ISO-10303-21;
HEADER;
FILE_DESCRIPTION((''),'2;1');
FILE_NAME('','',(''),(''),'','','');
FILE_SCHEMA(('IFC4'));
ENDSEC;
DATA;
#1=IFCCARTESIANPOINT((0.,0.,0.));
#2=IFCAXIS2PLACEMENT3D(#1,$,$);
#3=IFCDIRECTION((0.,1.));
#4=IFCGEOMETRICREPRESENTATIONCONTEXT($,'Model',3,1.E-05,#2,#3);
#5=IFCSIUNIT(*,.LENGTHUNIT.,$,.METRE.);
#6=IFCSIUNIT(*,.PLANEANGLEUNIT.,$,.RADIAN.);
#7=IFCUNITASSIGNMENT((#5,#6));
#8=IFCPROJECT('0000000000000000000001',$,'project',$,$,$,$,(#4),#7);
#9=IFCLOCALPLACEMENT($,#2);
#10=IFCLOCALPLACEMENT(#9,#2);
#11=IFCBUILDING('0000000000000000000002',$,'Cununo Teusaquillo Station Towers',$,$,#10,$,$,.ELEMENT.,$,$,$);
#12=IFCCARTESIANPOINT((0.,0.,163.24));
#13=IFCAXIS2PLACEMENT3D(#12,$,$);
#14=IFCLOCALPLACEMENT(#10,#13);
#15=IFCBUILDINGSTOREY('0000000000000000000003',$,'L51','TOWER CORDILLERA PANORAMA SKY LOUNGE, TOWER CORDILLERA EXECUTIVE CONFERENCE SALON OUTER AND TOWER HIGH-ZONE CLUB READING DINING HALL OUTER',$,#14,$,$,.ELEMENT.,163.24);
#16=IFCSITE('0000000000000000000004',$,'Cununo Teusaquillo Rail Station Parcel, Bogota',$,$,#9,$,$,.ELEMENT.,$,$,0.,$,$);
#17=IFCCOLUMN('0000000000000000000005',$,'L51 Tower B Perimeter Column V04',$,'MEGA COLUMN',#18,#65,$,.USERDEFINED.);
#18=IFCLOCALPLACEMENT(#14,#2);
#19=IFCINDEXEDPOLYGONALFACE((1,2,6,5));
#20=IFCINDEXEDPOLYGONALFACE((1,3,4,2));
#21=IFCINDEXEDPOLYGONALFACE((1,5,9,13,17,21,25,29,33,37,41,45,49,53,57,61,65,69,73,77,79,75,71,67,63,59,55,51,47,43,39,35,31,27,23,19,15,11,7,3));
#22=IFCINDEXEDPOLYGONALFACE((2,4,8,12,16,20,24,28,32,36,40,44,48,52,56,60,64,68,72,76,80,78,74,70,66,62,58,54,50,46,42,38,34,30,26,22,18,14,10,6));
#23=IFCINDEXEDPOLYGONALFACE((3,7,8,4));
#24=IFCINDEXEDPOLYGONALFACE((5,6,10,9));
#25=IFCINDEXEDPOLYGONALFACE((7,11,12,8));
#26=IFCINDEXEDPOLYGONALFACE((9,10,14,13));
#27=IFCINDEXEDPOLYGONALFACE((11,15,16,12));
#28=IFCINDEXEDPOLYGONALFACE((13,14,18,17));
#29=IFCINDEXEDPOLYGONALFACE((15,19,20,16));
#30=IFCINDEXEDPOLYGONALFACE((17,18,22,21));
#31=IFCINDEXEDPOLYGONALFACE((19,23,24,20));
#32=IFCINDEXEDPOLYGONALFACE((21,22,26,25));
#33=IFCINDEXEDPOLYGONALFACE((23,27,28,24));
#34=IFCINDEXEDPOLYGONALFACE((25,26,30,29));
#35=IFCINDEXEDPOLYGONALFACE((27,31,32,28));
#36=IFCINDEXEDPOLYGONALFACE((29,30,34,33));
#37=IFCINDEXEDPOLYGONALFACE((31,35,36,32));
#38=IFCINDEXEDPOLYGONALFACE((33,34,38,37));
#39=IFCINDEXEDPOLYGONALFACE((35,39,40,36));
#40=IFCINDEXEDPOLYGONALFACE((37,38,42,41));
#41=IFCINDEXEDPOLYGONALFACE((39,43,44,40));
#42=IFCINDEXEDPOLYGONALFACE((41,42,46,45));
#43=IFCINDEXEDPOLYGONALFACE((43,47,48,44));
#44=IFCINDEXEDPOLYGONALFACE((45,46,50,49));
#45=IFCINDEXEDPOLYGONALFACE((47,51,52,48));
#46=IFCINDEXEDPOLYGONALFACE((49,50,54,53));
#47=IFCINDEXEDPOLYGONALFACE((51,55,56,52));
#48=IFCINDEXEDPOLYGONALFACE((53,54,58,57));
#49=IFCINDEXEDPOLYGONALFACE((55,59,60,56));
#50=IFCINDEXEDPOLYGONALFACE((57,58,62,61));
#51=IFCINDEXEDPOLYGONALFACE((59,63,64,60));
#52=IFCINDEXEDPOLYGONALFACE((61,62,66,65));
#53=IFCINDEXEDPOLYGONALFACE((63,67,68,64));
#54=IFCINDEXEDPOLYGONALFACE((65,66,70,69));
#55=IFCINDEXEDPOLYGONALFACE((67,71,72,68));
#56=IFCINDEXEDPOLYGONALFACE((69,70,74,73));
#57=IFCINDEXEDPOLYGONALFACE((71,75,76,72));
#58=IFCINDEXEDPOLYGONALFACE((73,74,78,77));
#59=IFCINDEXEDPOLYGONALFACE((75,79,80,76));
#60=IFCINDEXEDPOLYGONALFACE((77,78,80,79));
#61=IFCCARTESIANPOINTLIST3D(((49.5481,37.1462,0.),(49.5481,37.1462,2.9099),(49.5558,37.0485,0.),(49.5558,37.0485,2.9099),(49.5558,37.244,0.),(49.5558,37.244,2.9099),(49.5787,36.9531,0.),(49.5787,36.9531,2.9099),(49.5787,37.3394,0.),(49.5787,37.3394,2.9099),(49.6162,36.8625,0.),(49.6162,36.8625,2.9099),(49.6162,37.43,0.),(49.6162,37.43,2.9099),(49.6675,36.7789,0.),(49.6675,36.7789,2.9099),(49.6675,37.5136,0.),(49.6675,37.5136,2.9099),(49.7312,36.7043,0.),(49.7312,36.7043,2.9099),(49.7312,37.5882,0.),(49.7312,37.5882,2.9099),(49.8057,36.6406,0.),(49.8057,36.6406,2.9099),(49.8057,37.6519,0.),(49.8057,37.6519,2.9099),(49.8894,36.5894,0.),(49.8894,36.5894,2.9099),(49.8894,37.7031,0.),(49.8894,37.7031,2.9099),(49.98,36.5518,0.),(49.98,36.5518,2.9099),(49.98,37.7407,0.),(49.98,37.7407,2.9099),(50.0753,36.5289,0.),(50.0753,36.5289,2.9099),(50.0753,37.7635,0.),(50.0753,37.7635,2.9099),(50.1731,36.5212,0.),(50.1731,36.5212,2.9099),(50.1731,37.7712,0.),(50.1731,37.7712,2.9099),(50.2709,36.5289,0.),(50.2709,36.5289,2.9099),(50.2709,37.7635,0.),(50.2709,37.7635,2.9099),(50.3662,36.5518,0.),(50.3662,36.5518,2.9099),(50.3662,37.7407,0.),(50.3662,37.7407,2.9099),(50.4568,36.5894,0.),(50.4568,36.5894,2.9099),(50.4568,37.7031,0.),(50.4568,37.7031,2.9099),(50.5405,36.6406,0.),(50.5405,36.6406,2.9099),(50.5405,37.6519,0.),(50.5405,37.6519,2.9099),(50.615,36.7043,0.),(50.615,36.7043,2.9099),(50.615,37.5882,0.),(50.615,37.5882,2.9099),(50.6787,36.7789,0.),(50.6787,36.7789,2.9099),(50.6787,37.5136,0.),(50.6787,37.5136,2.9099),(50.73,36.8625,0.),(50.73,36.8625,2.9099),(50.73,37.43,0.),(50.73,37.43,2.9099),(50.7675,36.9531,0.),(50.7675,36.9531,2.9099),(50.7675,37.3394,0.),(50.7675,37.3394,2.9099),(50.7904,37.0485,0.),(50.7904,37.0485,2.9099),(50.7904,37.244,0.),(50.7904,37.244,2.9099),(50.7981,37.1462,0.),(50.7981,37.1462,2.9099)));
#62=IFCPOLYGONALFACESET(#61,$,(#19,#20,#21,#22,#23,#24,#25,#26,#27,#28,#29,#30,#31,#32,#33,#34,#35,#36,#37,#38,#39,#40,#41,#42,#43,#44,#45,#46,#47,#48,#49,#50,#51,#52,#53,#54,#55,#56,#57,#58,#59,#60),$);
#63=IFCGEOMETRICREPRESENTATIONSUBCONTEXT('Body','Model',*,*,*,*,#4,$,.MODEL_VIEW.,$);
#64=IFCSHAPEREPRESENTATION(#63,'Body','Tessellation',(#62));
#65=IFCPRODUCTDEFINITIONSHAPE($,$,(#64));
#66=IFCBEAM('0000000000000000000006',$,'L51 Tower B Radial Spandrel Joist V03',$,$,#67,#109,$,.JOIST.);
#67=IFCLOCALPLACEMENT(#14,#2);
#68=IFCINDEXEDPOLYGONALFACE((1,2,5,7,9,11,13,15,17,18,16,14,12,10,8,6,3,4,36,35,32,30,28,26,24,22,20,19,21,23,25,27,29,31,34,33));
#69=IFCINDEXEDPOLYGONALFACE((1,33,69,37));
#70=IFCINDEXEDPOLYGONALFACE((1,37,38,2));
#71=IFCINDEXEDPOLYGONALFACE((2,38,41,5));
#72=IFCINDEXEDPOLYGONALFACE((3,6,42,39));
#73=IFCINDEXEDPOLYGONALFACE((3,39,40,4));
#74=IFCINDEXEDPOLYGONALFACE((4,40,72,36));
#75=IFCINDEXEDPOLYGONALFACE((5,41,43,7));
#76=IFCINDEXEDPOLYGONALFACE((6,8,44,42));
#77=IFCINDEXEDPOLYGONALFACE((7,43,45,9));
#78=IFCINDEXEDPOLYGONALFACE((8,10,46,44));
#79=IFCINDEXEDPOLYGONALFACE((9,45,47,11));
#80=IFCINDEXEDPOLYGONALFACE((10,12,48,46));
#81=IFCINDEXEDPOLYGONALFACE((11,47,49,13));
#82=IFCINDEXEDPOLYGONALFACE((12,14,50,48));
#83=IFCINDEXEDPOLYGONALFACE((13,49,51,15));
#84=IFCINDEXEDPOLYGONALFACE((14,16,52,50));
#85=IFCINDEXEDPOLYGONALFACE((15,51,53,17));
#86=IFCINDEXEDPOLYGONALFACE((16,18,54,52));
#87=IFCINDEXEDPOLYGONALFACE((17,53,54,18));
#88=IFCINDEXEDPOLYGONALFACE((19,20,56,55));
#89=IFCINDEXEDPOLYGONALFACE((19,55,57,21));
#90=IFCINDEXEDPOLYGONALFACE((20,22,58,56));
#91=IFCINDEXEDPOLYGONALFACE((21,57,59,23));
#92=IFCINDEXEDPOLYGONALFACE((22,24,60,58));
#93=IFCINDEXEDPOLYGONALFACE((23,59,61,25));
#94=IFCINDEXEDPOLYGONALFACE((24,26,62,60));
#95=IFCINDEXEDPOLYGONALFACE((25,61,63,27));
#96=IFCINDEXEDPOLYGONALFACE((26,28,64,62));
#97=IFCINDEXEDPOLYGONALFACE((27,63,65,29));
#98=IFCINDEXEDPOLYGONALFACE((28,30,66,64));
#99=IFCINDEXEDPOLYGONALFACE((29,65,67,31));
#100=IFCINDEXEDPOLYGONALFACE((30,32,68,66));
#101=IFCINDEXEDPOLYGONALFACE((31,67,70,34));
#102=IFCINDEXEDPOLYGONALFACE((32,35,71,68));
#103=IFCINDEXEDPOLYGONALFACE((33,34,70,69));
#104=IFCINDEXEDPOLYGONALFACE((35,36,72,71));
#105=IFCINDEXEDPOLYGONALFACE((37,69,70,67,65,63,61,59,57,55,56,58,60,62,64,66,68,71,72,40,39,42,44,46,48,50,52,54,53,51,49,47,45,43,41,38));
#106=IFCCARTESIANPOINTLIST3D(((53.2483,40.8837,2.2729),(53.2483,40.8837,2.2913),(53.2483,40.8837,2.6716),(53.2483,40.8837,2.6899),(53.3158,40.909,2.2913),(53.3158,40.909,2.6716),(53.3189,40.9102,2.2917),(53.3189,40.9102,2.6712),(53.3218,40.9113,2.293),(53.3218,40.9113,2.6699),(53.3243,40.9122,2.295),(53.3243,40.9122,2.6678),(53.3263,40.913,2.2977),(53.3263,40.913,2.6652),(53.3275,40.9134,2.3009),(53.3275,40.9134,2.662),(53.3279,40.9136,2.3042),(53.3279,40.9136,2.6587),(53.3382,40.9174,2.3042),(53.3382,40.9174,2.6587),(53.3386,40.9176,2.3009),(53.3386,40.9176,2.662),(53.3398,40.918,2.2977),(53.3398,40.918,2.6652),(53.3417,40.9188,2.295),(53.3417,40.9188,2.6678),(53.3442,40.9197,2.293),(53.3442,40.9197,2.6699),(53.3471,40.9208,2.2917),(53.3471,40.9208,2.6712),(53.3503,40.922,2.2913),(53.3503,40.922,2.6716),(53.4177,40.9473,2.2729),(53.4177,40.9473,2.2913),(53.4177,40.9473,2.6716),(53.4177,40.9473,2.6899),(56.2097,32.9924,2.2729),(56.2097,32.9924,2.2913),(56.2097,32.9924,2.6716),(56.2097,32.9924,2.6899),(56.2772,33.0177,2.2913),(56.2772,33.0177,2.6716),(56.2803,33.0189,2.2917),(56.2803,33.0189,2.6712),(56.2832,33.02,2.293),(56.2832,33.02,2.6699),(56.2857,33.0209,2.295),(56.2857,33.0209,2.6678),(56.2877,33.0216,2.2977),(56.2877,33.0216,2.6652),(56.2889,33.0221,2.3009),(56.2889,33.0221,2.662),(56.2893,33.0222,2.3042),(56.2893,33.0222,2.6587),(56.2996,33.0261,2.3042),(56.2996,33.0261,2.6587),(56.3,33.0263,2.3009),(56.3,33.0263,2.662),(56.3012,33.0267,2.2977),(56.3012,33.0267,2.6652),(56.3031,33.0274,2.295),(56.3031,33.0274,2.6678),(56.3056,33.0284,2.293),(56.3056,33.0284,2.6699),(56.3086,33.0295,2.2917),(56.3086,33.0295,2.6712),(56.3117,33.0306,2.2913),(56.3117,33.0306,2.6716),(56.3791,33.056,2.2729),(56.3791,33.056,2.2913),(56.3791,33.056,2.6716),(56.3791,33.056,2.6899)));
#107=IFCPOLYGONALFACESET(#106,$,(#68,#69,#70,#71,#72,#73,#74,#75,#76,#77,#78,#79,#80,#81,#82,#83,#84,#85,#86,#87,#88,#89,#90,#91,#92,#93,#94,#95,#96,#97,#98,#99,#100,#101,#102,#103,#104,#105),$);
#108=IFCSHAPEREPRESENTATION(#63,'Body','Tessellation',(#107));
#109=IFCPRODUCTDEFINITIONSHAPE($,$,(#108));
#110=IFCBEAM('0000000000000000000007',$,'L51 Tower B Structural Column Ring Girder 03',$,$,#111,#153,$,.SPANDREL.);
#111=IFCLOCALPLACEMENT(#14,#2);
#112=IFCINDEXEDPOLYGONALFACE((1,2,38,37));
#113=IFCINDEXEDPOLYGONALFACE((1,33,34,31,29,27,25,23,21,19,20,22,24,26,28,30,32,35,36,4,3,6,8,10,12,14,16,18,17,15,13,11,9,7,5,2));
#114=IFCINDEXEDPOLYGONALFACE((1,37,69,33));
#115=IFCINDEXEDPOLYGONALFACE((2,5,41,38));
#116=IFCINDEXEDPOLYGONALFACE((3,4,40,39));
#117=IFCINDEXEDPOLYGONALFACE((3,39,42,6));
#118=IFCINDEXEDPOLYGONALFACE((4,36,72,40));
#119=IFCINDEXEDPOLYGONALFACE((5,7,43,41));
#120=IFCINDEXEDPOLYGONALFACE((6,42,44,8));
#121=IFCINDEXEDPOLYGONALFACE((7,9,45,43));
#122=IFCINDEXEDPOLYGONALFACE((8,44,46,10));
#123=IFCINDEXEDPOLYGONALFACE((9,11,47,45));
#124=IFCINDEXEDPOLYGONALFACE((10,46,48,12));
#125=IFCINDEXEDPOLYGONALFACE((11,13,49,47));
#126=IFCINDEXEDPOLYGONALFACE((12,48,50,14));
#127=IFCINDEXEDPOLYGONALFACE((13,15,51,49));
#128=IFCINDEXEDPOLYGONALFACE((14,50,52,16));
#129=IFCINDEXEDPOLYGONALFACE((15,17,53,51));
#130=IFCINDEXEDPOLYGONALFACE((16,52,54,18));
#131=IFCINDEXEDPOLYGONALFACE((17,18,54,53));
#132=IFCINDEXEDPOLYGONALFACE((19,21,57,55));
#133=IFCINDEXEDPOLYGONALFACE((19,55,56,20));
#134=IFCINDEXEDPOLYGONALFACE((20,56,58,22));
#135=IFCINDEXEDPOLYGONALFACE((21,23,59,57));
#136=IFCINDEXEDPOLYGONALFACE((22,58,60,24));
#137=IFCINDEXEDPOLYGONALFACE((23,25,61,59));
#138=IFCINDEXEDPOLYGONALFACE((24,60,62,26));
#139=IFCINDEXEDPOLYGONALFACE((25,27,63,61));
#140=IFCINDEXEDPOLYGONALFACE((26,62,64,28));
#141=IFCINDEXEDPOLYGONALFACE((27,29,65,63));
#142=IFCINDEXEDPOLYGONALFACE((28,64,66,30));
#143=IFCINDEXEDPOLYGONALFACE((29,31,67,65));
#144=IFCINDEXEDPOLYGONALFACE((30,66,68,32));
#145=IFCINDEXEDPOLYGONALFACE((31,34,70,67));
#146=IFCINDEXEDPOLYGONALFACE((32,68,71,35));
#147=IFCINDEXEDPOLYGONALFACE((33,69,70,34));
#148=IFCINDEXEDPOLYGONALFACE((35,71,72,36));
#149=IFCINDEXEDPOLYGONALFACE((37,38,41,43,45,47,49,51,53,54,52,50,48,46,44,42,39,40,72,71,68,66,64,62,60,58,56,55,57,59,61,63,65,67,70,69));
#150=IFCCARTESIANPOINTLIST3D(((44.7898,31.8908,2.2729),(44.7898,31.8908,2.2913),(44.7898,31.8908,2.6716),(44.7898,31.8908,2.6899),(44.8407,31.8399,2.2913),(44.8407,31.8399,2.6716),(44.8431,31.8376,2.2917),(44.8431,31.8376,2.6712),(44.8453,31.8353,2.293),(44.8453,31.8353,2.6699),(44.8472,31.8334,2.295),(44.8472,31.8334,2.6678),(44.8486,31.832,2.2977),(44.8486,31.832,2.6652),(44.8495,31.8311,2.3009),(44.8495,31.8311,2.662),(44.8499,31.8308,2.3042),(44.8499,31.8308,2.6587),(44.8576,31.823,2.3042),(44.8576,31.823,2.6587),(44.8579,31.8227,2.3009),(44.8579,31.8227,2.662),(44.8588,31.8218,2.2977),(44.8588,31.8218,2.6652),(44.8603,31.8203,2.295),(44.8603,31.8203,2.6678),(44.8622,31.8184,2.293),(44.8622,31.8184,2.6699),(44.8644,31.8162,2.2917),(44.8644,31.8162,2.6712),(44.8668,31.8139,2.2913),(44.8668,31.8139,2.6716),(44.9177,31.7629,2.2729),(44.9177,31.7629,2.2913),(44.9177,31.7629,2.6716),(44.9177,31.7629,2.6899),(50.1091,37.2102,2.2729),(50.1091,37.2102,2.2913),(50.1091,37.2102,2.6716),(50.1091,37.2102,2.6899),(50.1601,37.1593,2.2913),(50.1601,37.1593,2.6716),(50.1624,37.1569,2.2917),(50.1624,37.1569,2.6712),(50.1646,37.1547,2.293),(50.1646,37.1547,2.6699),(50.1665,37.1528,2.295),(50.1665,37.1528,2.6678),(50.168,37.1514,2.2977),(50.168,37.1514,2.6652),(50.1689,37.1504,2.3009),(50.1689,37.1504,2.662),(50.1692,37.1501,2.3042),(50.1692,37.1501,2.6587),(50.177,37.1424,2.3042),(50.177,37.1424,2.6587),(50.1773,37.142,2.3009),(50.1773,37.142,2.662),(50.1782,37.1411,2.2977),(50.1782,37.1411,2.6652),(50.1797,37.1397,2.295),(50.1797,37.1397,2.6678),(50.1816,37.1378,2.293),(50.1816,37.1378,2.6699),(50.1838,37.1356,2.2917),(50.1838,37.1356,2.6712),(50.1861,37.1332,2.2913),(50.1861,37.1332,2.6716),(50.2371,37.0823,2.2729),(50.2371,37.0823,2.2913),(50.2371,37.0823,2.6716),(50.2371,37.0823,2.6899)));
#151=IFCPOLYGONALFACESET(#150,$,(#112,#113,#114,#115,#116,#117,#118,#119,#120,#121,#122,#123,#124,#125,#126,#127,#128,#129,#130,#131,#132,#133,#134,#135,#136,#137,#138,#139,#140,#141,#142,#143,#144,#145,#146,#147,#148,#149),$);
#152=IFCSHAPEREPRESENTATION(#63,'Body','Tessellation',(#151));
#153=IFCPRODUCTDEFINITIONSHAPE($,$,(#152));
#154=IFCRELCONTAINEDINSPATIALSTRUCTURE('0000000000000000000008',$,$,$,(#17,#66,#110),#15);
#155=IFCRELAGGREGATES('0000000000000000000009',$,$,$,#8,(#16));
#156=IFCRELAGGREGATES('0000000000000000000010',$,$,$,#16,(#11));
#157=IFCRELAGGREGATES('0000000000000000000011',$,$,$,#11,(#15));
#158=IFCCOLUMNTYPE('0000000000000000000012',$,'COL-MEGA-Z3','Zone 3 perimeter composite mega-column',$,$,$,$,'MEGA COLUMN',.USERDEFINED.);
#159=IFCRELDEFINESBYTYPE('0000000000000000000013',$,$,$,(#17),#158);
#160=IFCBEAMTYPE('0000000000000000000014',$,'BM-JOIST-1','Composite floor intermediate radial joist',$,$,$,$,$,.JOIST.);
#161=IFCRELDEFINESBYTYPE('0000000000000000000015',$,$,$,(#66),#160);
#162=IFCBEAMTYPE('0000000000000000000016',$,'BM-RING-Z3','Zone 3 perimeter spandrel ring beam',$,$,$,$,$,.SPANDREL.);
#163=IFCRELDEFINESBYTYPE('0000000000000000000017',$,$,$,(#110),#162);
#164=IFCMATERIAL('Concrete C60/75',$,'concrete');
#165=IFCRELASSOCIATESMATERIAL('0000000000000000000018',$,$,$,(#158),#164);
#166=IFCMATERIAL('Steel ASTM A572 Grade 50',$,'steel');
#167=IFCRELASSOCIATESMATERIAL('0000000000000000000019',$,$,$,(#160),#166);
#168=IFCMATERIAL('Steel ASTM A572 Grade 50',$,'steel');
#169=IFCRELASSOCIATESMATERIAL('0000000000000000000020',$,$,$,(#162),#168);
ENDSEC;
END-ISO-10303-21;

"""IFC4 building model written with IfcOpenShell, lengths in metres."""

from ifc_helpers import new_model, si_unit, direction, frame, origin, origin_2d, place, context, subcontext, project, spatial, circle, i_section, extrude, material, material_profile, profile_set, type_object, element, save


model = new_model("IFC4")

# Units and contexts
model_context = context("Model", 3, precision=1e-05, world=origin(), true_north=direction((0.0, 1.0)))
body_context = subcontext(model_context, "Body", "Model", "MODEL_VIEW")
ifc_project = project(units=[si_unit("LENGTHUNIT", "METRE"), si_unit("PLANEANGLEUNIT", "RADIAN")], contexts=[model_context])

# Site, building, storey
site_placement = place(None, origin())
site = spatial("IfcSite", under=ifc_project, at=site_placement, Name="Cununo Teusaquillo Rail Station Parcel, Bogota", CompositionType="ELEMENT", RefElevation=0.0)
building_placement = place(site_placement, origin())
building = spatial("IfcBuilding", under=site, at=building_placement, Name="Cununo Teusaquillo Station Towers", CompositionType="ELEMENT")
storey_placement = place(building_placement, frame((0.0, 0.0, 163.24)))
storey = spatial("IfcBuildingStorey", under=building, at=storey_placement, Name="L51", Description="TOWER CORDILLERA PANORAMA SKY LOUNGE, TOWER CORDILLERA EXECUTIVE CONFERENCE SALON OUTER AND TOWER HIGH-ZONE CLUB READING DINING HALL OUTER", CompositionType="ELEMENT", Elevation=163.24)

# Column
ifc_material_1 = material(Name="Concrete C60/75", Category="concrete")
ifc_material_profile_1 = material_profile(ifc_material_1, circle(Radius=0.625, at=origin_2d()), Name="RC-CIRC-1250")
ifc_profile_set_1 = profile_set([ifc_material_profile_1], Name="Concrete C60/75")
column_type = type_object("IfcColumnType", Name="COL-MEGA-Z3", Description="Zone 3 perimeter composite mega-column", ElementType="MEGA COLUMN", PredefinedType="USERDEFINED", material=ifc_profile_set_1)
column_placement = place(storey_placement, frame((50.1731, 37.1462, 0.0), z_axis=(0.0, 0.0, 1.0), x_axis=(1.0, 0.0, 0.0)))
element("IfcColumn", 1, at=column_placement, inside=storey, type_object=column_type, Name="L51 Tower B Perimeter Column V04", ObjectType="MEGA COLUMN", PredefinedType="USERDEFINED", context=body_context, shape_type="SweptSolid", body=[
    extrude(circle(Radius=0.625, at=origin_2d()), origin(), (0.0, 0.0, 1.0), 2.9099),
])

# Beams
ifc_material_2 = material(Name="Steel ASTM A572 Grade 50", Category="steel")
ifc_material_profile_2 = material_profile(ifc_material_2, i_section(OverallWidth=0.1809, OverallDepth=0.417, WebThickness=0.011, FlangeThickness=0.0183, FilletRadius=0.0129, at=origin_2d()), Name="W16X57")
ifc_profile_set_2 = profile_set([ifc_material_profile_2], Name="Steel ASTM A572 Grade 50")
beam_type_1 = type_object("IfcBeamType", Name="BM-JOIST-1", Description="Composite floor intermediate radial joist", PredefinedType="JOIST", material=ifc_profile_set_2)
beam_1_placement = place(storey_placement, frame((56.2944, 33.0242, 2.4814), z_axis=(-0.351349, 0.936245, 0.0), x_axis=(-0.936245, -0.351349, 0.0)))
element("IfcBeam", 2, at=beam_1_placement, inside=storey, type_object=beam_type_1, Name="L51 Tower B Radial Spandrel Joist V03", PredefinedType="JOIST", context=body_context, shape_type="SweptSolid", body=[
    extrude(i_section(OverallWidth=0.1809, OverallDepth=0.417, WebThickness=0.011, FlangeThickness=0.0183, FilletRadius=0.0129, at=origin_2d()), origin(), (0.0, 0.0, 1.0), 8.4287),
])
ifc_material_3 = material(Name="Steel ASTM A572 Grade 50", Category="steel")
ifc_material_profile_3 = material_profile(ifc_material_3, i_section(OverallWidth=0.1809, OverallDepth=0.417, WebThickness=0.011, FlangeThickness=0.0183, FilletRadius=0.0129, at=origin_2d()), Name="W16X57")
ifc_profile_set_3 = profile_set([ifc_material_profile_3], Name="Steel ASTM A572 Grade 50")
beam_type_2 = type_object("IfcBeamType", Name="BM-RING-Z3", Description="Zone 3 perimeter spandrel ring beam", PredefinedType="SPANDREL", material=ifc_profile_set_3)
beam_2_placement = place(storey_placement, frame((50.1731, 37.1462, 2.4814), z_axis=(-0.707107, -0.707107, 0.0), x_axis=(0.707107, -0.707107, 0.0)))
element("IfcBeam", 3, at=beam_2_placement, inside=storey, type_object=beam_type_2, Name="L51 Tower B Structural Column Ring Girder 03", PredefinedType="SPANDREL", context=body_context, shape_type="SweptSolid", body=[
    extrude(i_section(OverallWidth=0.1809, OverallDepth=0.417, WebThickness=0.011, FlangeThickness=0.0183, FilletRadius=0.0129, at=origin_2d()), origin(), (0.0, 0.0, 1.0), 7.5227),
])

save(model, "model.ifc")
